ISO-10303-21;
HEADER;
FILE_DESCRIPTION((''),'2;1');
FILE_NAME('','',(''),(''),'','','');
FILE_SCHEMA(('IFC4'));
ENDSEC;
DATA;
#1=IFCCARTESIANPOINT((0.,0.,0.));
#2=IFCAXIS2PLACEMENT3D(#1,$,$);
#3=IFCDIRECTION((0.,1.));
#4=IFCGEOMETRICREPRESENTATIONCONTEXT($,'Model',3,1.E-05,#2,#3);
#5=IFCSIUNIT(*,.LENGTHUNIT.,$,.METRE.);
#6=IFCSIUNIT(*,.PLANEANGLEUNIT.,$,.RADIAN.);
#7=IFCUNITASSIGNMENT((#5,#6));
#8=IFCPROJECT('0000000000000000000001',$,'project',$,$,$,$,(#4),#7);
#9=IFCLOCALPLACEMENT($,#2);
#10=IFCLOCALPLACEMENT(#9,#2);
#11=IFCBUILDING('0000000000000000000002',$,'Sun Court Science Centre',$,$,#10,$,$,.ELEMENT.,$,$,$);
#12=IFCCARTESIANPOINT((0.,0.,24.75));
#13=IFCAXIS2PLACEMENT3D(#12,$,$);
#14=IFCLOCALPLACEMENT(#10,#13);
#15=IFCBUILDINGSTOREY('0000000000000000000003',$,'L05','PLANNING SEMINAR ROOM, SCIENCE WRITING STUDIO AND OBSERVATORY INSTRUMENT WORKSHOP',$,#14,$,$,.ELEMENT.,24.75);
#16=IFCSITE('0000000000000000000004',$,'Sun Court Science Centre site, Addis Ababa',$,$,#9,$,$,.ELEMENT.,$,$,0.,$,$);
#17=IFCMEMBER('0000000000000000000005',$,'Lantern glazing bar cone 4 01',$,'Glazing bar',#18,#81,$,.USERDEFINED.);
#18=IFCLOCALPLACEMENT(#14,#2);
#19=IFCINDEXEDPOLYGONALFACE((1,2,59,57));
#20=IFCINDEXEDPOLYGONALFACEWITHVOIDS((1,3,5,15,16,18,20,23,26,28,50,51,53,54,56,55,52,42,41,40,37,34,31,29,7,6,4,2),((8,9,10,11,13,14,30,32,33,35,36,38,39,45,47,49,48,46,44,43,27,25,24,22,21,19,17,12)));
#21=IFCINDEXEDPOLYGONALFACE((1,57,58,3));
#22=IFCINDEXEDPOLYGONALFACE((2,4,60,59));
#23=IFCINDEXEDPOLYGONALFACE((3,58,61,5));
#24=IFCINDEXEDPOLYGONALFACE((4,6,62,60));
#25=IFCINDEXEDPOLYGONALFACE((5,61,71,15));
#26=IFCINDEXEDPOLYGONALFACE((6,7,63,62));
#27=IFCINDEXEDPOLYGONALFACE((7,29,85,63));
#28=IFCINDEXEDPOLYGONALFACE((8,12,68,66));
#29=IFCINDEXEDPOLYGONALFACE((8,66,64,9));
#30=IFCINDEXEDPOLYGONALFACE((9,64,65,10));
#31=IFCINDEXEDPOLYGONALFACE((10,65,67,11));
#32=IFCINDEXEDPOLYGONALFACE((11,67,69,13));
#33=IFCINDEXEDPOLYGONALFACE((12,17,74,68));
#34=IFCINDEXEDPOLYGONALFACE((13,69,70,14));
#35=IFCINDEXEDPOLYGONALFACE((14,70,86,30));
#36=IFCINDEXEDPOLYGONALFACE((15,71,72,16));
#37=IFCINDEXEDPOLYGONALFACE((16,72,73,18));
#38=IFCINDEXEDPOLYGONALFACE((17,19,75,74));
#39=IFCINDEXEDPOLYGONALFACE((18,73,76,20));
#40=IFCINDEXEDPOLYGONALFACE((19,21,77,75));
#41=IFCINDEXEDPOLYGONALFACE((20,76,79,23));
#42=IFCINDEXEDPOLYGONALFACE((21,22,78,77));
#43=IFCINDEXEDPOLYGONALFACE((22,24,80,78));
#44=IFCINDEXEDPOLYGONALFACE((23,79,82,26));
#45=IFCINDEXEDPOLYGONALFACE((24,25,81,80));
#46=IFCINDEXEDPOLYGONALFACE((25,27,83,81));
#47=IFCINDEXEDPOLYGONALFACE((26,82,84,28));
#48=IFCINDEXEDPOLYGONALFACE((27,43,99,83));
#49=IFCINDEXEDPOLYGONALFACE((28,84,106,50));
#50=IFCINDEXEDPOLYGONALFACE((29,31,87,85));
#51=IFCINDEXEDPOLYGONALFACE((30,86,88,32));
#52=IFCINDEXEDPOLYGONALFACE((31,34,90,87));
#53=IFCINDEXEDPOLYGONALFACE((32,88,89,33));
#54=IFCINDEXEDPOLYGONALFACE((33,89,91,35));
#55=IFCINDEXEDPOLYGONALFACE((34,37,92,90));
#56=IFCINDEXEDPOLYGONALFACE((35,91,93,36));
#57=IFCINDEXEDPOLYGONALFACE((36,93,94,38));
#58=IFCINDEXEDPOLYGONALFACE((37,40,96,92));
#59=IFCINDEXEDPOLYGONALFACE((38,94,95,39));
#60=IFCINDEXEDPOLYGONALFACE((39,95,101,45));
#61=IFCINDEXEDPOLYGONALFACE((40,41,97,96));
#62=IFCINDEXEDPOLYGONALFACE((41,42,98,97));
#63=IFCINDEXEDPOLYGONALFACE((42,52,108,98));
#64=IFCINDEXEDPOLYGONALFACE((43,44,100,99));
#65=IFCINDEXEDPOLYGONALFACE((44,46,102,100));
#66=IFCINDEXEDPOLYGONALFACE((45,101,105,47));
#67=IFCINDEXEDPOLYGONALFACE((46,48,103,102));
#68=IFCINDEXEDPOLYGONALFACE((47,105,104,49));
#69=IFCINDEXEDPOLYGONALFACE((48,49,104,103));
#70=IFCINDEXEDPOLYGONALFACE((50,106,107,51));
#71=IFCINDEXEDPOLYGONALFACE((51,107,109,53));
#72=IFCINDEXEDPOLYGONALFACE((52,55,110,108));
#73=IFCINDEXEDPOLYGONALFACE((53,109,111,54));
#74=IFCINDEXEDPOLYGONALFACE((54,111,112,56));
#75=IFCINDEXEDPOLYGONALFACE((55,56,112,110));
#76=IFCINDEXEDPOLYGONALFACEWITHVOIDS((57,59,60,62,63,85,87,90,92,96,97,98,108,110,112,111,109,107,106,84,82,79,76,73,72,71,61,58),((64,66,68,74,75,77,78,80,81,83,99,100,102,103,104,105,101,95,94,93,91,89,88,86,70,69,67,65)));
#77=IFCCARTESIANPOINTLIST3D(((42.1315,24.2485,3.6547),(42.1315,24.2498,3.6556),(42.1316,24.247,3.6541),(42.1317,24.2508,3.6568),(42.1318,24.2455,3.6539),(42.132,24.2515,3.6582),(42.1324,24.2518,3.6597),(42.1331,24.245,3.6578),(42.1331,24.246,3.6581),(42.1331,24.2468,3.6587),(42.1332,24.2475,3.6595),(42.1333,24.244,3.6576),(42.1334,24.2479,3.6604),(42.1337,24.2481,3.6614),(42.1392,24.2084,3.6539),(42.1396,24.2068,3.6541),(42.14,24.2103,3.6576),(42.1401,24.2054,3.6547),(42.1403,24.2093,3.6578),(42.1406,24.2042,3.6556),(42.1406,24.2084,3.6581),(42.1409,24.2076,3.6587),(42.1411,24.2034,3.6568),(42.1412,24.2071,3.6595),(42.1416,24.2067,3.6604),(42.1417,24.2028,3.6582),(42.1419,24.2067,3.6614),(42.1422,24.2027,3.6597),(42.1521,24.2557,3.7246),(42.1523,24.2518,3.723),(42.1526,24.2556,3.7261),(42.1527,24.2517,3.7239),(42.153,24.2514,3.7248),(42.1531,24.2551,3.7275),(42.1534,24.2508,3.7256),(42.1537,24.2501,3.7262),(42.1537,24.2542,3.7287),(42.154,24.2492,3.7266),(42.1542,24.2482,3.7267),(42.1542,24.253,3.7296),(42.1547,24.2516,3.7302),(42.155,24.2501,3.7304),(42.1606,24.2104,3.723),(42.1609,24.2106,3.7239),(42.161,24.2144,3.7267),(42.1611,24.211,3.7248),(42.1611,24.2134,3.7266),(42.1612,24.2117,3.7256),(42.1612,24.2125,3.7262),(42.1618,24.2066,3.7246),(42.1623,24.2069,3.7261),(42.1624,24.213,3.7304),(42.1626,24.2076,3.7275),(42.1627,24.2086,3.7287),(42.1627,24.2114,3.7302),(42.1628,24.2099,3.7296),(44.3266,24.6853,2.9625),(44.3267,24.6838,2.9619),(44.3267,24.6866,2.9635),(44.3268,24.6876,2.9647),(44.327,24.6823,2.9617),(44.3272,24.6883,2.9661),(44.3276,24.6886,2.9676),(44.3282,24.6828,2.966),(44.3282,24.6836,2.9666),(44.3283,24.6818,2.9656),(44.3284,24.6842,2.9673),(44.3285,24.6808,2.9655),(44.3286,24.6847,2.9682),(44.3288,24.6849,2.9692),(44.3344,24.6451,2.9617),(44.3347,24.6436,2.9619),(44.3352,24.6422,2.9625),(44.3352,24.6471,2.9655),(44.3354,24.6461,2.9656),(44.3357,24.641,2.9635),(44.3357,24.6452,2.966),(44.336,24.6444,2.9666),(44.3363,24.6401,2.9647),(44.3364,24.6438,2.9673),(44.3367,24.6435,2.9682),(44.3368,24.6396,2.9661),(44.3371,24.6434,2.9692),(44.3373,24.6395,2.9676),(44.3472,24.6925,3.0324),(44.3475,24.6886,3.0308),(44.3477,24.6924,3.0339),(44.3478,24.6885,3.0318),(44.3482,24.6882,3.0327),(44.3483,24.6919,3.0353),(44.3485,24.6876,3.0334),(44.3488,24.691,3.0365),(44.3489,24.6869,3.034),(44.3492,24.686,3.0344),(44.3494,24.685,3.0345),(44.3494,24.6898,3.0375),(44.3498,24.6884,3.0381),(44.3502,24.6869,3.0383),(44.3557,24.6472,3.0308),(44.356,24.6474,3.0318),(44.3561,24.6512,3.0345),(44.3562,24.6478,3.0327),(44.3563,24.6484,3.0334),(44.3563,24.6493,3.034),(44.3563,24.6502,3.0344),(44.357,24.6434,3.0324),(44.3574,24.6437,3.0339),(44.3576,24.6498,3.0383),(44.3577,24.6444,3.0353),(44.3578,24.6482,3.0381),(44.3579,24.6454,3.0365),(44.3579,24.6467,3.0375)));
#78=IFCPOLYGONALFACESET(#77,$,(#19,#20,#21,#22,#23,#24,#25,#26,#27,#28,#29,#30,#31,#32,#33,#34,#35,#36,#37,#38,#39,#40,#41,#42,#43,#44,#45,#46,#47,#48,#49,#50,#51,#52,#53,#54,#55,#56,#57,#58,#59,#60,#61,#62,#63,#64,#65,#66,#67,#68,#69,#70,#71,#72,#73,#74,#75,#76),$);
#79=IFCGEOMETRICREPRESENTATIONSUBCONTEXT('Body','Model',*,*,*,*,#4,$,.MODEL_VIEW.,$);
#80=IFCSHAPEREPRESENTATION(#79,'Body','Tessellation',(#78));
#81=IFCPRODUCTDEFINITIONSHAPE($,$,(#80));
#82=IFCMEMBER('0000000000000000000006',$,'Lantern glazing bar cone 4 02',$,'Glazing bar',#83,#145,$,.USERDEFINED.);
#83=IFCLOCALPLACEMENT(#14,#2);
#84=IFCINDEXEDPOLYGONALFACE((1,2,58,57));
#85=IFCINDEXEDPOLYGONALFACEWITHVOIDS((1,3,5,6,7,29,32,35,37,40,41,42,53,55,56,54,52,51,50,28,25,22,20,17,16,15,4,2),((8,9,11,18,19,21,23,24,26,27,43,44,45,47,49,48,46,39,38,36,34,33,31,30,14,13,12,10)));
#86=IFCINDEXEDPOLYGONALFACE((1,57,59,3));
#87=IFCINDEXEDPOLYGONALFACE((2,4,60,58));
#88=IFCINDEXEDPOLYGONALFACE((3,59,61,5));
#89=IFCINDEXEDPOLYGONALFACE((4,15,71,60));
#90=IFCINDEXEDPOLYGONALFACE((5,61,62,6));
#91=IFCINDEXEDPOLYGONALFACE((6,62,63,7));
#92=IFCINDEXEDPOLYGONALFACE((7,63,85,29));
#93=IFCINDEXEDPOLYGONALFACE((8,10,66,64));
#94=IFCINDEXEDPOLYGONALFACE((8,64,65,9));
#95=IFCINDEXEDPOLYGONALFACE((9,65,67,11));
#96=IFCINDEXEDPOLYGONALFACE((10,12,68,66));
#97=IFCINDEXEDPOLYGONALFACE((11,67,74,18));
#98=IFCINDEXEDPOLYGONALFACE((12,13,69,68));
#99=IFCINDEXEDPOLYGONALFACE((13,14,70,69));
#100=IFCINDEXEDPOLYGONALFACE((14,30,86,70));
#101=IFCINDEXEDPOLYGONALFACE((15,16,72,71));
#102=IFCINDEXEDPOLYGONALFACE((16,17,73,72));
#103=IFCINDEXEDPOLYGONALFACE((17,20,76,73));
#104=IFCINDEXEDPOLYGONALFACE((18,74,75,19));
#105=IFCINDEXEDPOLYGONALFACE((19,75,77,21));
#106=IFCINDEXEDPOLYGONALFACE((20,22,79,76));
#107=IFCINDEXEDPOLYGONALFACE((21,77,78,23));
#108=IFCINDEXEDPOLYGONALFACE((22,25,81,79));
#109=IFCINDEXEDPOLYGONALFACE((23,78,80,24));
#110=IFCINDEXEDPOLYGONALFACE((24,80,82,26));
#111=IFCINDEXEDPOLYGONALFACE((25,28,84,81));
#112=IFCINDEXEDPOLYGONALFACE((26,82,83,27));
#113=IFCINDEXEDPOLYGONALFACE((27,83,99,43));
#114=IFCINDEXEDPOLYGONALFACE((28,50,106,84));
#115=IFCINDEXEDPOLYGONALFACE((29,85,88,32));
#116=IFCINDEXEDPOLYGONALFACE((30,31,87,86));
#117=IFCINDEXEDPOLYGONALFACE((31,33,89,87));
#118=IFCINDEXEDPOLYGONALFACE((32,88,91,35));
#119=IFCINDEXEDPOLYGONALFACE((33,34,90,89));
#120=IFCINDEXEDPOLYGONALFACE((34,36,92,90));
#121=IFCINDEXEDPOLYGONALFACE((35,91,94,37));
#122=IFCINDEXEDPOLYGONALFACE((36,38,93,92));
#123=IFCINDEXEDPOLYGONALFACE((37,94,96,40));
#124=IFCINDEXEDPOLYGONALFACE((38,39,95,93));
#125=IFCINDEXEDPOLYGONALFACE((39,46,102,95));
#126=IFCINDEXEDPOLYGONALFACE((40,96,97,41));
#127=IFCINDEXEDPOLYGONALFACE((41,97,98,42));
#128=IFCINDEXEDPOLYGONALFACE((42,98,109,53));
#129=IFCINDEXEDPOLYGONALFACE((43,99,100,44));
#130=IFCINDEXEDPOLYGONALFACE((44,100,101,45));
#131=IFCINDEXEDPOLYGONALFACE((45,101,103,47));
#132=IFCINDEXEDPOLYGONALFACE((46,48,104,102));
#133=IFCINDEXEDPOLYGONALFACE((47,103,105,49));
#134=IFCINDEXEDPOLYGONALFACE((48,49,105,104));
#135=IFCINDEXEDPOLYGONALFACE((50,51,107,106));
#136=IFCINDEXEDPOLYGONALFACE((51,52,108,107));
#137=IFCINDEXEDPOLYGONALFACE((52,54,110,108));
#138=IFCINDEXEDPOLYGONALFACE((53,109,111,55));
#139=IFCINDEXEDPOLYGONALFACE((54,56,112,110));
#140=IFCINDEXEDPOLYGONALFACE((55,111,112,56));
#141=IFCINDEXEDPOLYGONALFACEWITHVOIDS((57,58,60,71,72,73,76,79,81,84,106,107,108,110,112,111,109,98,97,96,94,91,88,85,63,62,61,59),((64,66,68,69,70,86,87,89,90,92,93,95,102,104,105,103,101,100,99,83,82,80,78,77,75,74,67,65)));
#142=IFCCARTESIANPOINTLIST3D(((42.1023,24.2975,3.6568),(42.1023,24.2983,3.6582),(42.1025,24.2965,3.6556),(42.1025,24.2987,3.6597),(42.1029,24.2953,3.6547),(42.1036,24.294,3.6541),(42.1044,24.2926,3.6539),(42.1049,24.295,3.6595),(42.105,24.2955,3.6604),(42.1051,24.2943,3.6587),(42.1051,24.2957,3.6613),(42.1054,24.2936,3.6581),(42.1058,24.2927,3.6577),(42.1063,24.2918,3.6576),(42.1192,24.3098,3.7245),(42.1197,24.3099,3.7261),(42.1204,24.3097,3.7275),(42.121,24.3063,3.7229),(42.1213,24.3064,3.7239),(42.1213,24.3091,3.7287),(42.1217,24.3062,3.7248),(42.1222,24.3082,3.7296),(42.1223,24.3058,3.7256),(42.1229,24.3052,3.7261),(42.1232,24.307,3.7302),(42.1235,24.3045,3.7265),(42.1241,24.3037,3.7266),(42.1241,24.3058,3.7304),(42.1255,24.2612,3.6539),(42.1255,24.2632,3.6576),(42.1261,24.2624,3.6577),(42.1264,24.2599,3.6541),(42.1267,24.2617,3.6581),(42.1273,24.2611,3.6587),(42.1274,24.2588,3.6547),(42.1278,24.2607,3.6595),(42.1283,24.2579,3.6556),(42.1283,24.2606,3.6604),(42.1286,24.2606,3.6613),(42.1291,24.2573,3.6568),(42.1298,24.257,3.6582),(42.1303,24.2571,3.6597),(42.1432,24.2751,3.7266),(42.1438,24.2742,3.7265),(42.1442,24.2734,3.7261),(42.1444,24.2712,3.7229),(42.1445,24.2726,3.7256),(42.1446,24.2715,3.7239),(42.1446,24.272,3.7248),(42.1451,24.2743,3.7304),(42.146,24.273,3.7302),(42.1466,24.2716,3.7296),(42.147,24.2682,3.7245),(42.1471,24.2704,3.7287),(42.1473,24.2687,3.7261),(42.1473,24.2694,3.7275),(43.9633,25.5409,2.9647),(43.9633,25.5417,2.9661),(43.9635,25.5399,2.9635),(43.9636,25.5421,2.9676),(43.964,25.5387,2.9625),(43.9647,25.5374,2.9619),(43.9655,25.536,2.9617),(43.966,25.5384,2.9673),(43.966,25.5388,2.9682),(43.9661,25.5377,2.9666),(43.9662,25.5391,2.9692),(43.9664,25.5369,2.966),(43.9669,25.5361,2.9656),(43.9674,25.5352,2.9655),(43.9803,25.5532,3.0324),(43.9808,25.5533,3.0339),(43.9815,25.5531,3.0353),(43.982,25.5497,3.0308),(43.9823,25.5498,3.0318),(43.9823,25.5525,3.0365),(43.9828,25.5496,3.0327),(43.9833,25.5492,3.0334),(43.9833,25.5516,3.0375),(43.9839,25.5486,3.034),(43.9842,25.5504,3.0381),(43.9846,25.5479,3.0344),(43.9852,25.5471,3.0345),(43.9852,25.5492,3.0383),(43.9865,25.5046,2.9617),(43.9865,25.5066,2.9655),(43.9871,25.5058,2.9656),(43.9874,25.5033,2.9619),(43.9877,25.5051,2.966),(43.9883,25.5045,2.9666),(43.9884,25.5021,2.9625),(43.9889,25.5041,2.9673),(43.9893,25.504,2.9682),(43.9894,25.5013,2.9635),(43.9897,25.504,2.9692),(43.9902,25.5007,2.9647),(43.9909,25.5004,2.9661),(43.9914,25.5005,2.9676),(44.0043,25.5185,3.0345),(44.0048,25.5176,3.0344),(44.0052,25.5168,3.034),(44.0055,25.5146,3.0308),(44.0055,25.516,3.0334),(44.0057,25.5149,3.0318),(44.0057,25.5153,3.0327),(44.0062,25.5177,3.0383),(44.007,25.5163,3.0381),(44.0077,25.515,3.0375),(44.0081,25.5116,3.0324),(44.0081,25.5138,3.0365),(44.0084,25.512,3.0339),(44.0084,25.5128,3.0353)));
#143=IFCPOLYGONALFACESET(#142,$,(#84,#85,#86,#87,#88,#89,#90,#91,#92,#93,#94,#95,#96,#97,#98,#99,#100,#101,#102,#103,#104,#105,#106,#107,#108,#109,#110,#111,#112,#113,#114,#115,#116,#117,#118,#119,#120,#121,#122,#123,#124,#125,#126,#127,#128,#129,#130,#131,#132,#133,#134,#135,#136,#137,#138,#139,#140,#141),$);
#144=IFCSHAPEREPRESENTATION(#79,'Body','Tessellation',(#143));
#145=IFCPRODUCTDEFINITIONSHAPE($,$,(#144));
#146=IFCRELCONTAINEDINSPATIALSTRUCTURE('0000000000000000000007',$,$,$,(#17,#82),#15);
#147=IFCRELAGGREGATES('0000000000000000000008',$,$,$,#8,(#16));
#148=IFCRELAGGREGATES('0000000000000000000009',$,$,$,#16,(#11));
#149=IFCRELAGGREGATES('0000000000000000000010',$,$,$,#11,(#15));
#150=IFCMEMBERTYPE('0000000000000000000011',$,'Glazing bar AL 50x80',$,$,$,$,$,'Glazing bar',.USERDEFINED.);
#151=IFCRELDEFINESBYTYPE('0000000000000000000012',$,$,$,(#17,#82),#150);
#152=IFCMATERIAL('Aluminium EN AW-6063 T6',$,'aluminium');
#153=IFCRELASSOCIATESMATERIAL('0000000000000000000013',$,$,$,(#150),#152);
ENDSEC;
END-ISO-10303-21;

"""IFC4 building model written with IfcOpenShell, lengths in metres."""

from ifc_helpers import new_model, si_unit, direction, frame, origin, origin_2d, place, context, subcontext, project, spatial, hollow_rectangle, extrude, material, material_profile, profile_set, type_object, element, save


model = new_model("IFC4")

# Units and contexts
model_context = context("Model", 3, precision=1e-05, world=origin(), true_north=direction((0.0, 1.0)))
body_context = subcontext(model_context, "Body", "Model", "MODEL_VIEW")
ifc_project = project(units=[si_unit("LENGTHUNIT", "METRE"), si_unit("PLANEANGLEUNIT", "RADIAN")], contexts=[model_context])

# Site, building, storey
site_placement = place(None, origin())
site = spatial("IfcSite", under=ifc_project, at=site_placement, Name="Sun Court Science Centre site, Addis Ababa", CompositionType="ELEMENT", RefElevation=0.0)
building_placement = place(site_placement, origin())
building = spatial("IfcBuilding", under=site, at=building_placement, Name="Sun Court Science Centre", CompositionType="ELEMENT")
storey_placement = place(building_placement, frame((0.0, 0.0, 24.75)))
storey = spatial("IfcBuildingStorey", under=building, at=storey_placement, Name="L05", Description="PLANNING SEMINAR ROOM, SCIENCE WRITING STUDIO AND OBSERVATORY INSTRUMENT WORKSHOP", CompositionType="ELEMENT", Elevation=24.75)

# Members
ifc_material_1 = material(Name="Aluminium EN AW-6063 T6", Category="aluminium")
ifc_material_profile_1 = material_profile(ifc_material_1, hollow_rectangle(XDim=0.05, YDim=0.0801, WallThickness=0.0039, InnerFilletRadius=0.0039, OuterFilletRadius=0.0061, at=origin_2d()), Name="AL 50x80x4")
ifc_profile_set_1 = profile_set([ifc_material_profile_1], Name="Aluminium EN AW-6063 T6")
member_type_1 = type_object("IfcMemberType", Name="Glazing bar AL 50x80", ElementType="Glazing bar", PredefinedType="USERDEFINED", material=ifc_profile_set_1)
for number, where, z_axis, x_axis, name in (
    (1, (44.3423, 24.666, 3.0), (-0.93699, -0.186439, 0.295447), (0.195151, -0.980773, 0.0), "Lantern glazing bar cone 4 01"),
    (2, (43.9858, 25.5269, 3.0), (-0.794381, -0.530734, 0.295431), (0.555531, -0.831496, 0.0), "Lantern glazing bar cone 4 02"),
):
    element("IfcMember", number, at=place(storey_placement, frame(where, z_axis=z_axis, x_axis=x_axis)), inside=storey, type_object=member_type_1, Name=name, ObjectType="Glazing bar", PredefinedType="USERDEFINED", context=body_context, shape_type="SweptSolid", body=[
        extrude(hollow_rectangle(XDim=0.05, YDim=0.0801, WallThickness=0.0039, InnerFilletRadius=0.0039, OuterFilletRadius=0.0061, at=origin_2d()), origin(), (0.0, 0.0, 1.0), 2.3428),
    ])

save(model, "model.ifc")
